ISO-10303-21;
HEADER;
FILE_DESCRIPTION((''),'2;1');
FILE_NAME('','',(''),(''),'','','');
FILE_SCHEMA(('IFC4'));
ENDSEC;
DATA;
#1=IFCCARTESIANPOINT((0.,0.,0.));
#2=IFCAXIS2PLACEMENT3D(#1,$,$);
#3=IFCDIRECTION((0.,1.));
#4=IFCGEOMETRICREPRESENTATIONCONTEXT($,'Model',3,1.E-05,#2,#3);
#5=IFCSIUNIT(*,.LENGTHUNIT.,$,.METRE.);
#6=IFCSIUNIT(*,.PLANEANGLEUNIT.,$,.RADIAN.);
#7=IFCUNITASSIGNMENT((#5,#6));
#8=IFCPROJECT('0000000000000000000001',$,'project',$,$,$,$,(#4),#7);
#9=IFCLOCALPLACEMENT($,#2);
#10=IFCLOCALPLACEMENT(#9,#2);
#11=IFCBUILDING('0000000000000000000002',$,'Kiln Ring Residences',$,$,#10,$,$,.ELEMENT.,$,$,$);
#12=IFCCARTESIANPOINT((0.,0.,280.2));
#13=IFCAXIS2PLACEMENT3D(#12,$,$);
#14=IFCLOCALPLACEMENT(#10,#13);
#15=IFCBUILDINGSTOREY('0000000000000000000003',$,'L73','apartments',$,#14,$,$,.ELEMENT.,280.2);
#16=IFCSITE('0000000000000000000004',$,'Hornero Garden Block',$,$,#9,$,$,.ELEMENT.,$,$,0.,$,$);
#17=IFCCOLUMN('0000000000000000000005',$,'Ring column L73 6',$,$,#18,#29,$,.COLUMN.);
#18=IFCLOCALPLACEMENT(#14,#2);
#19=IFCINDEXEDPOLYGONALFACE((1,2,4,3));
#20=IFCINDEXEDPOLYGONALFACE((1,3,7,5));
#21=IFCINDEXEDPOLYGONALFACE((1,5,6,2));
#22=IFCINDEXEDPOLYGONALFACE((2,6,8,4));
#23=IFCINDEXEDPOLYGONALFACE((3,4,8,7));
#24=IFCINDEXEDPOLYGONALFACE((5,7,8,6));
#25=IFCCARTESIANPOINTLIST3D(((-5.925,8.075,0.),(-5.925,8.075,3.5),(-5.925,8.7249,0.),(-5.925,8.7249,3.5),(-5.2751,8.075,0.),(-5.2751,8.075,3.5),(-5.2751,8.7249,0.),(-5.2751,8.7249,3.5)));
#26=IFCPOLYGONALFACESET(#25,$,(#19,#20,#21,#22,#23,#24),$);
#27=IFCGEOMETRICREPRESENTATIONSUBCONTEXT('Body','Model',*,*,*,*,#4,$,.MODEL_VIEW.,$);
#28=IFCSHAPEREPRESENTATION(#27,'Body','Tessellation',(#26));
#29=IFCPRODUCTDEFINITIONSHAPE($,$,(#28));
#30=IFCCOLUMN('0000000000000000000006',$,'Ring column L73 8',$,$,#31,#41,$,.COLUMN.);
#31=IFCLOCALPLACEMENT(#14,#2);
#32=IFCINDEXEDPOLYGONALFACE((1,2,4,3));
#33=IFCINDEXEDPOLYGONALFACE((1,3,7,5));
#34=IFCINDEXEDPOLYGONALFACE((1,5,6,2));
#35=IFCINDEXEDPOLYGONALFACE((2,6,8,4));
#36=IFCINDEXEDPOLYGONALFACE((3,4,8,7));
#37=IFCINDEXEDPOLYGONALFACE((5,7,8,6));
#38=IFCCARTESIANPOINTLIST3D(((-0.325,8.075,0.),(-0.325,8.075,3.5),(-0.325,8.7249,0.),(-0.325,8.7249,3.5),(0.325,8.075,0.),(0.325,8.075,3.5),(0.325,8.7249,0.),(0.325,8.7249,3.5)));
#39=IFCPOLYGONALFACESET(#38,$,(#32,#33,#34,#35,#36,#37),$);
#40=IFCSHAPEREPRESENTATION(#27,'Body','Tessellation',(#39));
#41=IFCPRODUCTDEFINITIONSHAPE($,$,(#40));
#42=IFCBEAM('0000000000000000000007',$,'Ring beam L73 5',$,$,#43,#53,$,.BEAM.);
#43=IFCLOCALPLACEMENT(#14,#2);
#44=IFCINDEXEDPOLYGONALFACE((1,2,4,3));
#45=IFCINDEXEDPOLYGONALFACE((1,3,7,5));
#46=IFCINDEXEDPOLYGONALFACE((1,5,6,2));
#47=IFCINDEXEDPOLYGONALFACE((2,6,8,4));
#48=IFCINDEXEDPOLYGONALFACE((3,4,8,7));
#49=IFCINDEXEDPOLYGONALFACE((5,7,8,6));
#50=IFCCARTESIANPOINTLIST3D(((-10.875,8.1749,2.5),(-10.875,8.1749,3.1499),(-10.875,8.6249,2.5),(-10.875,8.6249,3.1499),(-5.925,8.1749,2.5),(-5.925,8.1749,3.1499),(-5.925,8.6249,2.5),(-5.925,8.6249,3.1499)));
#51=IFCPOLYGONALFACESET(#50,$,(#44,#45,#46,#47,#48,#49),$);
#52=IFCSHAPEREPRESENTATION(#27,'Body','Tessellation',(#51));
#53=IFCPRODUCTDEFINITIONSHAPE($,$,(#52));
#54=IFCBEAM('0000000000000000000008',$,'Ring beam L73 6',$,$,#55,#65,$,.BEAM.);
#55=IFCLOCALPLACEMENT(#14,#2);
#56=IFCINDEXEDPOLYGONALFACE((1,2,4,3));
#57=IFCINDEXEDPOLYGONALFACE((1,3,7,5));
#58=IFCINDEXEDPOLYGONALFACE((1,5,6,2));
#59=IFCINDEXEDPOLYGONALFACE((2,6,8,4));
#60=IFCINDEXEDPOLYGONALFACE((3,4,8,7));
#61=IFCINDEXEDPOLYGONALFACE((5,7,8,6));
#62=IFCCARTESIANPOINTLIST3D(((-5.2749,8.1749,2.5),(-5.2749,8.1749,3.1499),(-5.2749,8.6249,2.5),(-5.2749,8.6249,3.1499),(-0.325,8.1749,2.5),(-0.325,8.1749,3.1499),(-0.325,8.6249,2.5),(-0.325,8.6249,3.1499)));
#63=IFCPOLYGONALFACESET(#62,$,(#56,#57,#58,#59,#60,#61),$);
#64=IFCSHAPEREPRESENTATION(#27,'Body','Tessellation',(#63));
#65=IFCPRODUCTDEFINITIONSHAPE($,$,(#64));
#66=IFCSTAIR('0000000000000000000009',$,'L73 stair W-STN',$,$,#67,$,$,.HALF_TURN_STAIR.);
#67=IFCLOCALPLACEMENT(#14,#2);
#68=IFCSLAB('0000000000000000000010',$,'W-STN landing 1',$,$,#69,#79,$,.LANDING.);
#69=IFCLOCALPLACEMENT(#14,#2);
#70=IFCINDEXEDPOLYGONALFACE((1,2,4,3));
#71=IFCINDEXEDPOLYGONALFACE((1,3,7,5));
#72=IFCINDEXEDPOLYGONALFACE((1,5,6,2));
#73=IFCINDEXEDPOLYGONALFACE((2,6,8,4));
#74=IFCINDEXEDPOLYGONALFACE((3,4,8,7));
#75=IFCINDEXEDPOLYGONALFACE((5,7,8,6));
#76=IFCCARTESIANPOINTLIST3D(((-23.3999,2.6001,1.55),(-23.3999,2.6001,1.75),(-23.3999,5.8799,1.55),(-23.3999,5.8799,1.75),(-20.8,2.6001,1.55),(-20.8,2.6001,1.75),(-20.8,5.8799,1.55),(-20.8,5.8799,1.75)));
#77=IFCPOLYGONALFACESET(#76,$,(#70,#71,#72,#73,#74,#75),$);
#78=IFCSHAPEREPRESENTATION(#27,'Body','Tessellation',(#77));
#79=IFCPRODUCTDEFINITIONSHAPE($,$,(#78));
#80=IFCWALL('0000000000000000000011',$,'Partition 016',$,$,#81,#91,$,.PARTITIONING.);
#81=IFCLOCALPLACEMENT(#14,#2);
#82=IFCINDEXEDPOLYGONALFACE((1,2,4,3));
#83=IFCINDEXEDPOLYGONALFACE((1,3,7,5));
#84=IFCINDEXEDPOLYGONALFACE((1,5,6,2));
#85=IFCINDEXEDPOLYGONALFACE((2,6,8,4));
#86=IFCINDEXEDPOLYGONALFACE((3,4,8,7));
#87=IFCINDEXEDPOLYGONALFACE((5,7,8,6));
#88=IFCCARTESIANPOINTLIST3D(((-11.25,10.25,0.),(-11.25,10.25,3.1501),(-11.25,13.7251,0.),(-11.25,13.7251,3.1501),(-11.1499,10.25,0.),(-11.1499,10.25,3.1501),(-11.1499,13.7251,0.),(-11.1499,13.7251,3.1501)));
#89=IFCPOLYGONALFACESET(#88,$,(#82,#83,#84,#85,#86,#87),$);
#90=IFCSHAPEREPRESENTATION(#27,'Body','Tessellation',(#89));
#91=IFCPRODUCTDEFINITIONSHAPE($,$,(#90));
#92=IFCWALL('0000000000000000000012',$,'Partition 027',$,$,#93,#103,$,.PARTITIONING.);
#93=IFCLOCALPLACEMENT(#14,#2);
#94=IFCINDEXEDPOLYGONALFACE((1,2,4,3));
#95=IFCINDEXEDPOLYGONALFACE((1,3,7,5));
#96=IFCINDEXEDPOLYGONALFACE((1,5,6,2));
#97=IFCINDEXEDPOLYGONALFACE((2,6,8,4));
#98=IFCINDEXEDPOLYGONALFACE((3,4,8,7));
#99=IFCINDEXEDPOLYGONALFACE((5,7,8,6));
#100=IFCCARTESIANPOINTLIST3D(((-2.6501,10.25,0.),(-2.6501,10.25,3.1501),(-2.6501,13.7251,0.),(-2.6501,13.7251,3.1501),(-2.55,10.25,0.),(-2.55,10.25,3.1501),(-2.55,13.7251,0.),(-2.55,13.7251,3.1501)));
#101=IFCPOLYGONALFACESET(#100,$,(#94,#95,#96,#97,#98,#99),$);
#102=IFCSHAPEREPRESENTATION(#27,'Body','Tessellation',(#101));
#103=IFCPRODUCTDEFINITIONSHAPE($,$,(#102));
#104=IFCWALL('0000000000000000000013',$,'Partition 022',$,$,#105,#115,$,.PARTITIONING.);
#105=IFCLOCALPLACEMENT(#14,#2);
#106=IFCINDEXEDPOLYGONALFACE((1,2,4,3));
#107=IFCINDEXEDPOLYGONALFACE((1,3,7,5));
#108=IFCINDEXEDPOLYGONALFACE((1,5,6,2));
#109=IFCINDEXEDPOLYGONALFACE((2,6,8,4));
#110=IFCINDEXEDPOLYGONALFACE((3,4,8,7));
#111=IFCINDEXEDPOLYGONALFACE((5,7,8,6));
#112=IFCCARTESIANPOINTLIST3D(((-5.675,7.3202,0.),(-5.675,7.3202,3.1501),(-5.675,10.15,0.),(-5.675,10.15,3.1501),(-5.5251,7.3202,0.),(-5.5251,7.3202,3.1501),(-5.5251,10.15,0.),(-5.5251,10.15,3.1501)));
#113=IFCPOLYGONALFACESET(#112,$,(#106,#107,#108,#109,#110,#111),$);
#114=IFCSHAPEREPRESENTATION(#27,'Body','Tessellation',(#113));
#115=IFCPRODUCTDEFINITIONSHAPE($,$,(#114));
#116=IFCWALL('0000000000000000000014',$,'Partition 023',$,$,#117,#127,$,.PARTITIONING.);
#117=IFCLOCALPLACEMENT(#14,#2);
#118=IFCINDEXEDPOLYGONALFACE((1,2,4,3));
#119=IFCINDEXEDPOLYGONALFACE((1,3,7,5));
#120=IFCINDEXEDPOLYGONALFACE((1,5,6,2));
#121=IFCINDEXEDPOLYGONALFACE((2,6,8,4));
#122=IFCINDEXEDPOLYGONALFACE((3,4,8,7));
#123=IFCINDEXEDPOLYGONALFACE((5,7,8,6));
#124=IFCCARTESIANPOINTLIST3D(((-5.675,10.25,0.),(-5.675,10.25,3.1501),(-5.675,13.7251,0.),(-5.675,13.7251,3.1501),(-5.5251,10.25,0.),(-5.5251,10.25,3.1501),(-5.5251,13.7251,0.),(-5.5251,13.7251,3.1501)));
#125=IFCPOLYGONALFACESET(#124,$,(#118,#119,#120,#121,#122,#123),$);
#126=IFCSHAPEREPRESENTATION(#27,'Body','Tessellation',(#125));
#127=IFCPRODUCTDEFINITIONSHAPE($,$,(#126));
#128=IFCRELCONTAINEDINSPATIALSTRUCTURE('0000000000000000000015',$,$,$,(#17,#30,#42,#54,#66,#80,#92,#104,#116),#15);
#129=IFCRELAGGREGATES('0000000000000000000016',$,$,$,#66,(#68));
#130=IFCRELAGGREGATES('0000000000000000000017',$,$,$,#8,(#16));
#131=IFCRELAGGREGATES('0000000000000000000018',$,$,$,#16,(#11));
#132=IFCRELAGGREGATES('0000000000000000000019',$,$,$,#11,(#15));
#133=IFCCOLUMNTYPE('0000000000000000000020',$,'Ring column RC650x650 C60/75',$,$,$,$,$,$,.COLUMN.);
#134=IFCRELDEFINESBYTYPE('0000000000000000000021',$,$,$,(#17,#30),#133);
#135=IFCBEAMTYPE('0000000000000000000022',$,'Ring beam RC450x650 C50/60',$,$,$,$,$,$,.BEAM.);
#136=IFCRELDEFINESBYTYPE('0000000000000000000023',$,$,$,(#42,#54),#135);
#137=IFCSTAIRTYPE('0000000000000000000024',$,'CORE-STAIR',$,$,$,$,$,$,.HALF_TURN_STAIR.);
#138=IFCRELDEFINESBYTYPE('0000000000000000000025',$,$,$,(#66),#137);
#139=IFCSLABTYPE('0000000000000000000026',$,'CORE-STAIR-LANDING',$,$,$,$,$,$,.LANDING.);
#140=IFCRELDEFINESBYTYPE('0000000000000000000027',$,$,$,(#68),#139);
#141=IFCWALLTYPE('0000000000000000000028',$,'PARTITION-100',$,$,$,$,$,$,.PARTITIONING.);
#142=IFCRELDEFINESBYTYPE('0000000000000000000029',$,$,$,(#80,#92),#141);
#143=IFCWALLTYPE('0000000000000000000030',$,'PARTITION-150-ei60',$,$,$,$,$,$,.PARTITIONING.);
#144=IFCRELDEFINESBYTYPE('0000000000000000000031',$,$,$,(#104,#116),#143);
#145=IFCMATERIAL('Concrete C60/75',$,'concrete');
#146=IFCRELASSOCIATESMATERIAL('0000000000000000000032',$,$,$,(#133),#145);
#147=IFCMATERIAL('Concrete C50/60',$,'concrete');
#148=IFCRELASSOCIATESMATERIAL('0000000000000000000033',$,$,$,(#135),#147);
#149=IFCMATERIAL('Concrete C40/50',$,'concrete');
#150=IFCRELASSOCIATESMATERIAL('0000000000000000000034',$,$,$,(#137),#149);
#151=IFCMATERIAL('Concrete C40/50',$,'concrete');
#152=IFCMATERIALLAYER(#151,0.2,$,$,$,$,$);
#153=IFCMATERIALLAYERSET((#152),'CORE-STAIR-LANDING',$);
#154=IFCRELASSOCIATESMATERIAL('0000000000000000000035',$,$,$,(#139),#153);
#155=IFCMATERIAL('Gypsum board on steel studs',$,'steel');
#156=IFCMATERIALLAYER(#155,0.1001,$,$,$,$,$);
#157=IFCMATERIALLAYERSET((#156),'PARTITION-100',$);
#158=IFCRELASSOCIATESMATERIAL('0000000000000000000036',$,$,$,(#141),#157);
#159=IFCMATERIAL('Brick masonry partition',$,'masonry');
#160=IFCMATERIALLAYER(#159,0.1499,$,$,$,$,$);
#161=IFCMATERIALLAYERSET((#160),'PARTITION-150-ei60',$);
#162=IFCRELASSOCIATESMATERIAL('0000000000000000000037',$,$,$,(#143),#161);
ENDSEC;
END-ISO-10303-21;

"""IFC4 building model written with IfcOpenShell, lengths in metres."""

from ifc_helpers import new_model, si_unit, direction, frame, frame_2d, origin, origin_2d, place, context, subcontext, project, spatial, polyline, rectangle, outline, extrude, material, layer, layer_set, material_profile, profile_set, type_object, element, aggregate, save


model = new_model("IFC4")

# Units and contexts
model_context = context("Model", 3, precision=1e-05, world=origin(), true_north=direction((0.0, 1.0)))
body_context = subcontext(model_context, "Body", "Model", "MODEL_VIEW")
ifc_project = project(units=[si_unit("LENGTHUNIT", "METRE"), si_unit("PLANEANGLEUNIT", "RADIAN")], contexts=[model_context])

# Site, building, storey
site_placement = place(None, origin())
site = spatial("IfcSite", under=ifc_project, at=site_placement, Name="Hornero Garden Block", CompositionType="ELEMENT", RefElevation=0.0)
building_placement = place(site_placement, origin())
building = spatial("IfcBuilding", under=site, at=building_placement, Name="Kiln Ring Residences", CompositionType="ELEMENT")
storey_placement = place(building_placement, frame((0.0, 0.0, 280.2)))
storey = spatial("IfcBuildingStorey", under=building, at=storey_placement, Name="L73", Description="apartments", CompositionType="ELEMENT", Elevation=280.2)

# Columns
ifc_material_1 = material(Name="Concrete C60/75", Category="concrete")
ifc_material_profile_1 = material_profile(ifc_material_1, rectangle(XDim=0.6499, YDim=0.6499, at=origin_2d()), Name="RC650x650")
ifc_profile_set_1 = profile_set([ifc_material_profile_1], Name="Concrete C60/75")
column_type = type_object("IfcColumnType", Name="Ring column RC650x650 C60/75", PredefinedType="COLUMN", material=ifc_profile_set_1)
for number, where, z_axis, x_axis, name in (
    (1, (-5.6001, 8.3999, 0.0), (0.0, 0.0, 1.0), (1.0, 0.0, 0.0), "Ring column L73 6"),
    (2, (0.0, 8.3999, 0.0), (0.0, 0.0, 1.0), (1.0, 0.0, 0.0), "Ring column L73 8"),
):
    element("IfcColumn", number, at=place(storey_placement, frame(where, z_axis=z_axis, x_axis=x_axis)), inside=storey, type_object=column_type, Name=name, PredefinedType="COLUMN", context=body_context, shape_type="SweptSolid", body=[
        extrude(rectangle(XDim=0.6499, YDim=0.6499, at=origin_2d()), origin(), (0.0, 0.0, 1.0), 3.5),
    ])

# Beams
ifc_material_2 = material(Name="Concrete C50/60", Category="concrete")
ifc_material_profile_2 = material_profile(ifc_material_2, rectangle(XDim=0.45, YDim=0.6499, at=origin_2d()), Name="RC450x650")
ifc_profile_set_2 = profile_set([ifc_material_profile_2], Name="Concrete C50/60")
beam_type = type_object("IfcBeamType", Name="Ring beam RC450x650 C50/60", PredefinedType="BEAM", material=ifc_profile_set_2)
for number, where, z_axis, x_axis, name in (
    (3, (-10.875, 8.3999, 2.825), (1.0, 0.0, 0.0), (0.0, 1.0, 0.0), "Ring beam L73 5"),
    (4, (-5.2749, 8.3999, 2.825), (1.0, 0.0, 0.0), (0.0, 1.0, 0.0), "Ring beam L73 6"),
):
    element("IfcBeam", number, at=place(storey_placement, frame(where, z_axis=z_axis, x_axis=x_axis)), inside=storey, type_object=beam_type, Name=name, PredefinedType="BEAM", context=body_context, shape_type="SweptSolid", body=[
        extrude(rectangle(XDim=0.45, YDim=0.6499, at=origin_2d()), origin(), (0.0, 0.0, 1.0), 4.95),
    ])

# Stair, slab
ifc_material_3 = material(Name="Concrete C40/50", Category="concrete")
stair_type = type_object("IfcStairType", Name="CORE-STAIR", PredefinedType="HALF_TURN_STAIR", material=ifc_material_3)
stair_placement = place(storey_placement, origin())
stair = element("IfcStair", 5, at=stair_placement, inside=storey, type_object=stair_type, Name="L73 stair W-STN", PredefinedType="HALF_TURN_STAIR")
ifc_material_4 = material(Name="Concrete C40/50", Category="concrete")
ifc_layer_1 = layer(ifc_material_4, 0.2)
ifc_layer_set_1 = layer_set([ifc_layer_1], Name="CORE-STAIR-LANDING")
slab_type = type_object("IfcSlabType", Name="CORE-STAIR-LANDING", PredefinedType="LANDING", material=ifc_layer_set_1)
slab_placement = place(storey_placement, frame((0.0, 0.0, 1.55)))
slab = element("IfcSlab", 6, at=slab_placement, type_object=slab_type, Name="W-STN landing 1", PredefinedType="LANDING", context=body_context, shape_type="SweptSolid", body=[
    extrude(outline(polyline([(-23.3999, 5.8799), (-23.3999, 2.6001), (-20.8, 2.6001), (-20.8, 5.8799), (-23.3999, 5.8799)])), origin(), (0.0, 0.0, 1.0), 0.2),
])
aggregate(stair, [slab])

# Walls
ifc_material_5 = material(Name="Gypsum board on steel studs", Category="steel")
ifc_layer_2 = layer(ifc_material_5, 0.1001)
ifc_layer_set_2 = layer_set([ifc_layer_2], Name="PARTITION-100")
wall_type_1 = type_object("IfcWallType", Name="PARTITION-100", PredefinedType="PARTITIONING", material=ifc_layer_set_2)
for number, where, z_axis, x_axis, name in (
    (7, (-11.2, 10.25, 0.0), (0.0, 0.0, 1.0), (0.0, 1.0, 0.0), "Partition 016"),
    (8, (-2.6001, 10.25, 0.0), (0.0, 0.0, 1.0), (0.0, 1.0, 0.0), "Partition 027"),
):
    element("IfcWall", number, at=place(storey_placement, frame(where, z_axis=z_axis, x_axis=x_axis)), inside=storey, type_object=wall_type_1, Name=name, PredefinedType="PARTITIONING", context=body_context, shape_type="SweptSolid", body=[
        extrude(rectangle(XDim=3.4751, YDim=0.1001, at=frame_2d((1.7375, 0.0))), origin(), (0.0, 0.0, 1.0), 3.1501),
    ])
ifc_material_6 = material(Name="Brick masonry partition", Category="masonry")
ifc_layer_3 = layer(ifc_material_6, 0.1499)
ifc_layer_set_3 = layer_set([ifc_layer_3], Name="PARTITION-150-ei60")
wall_type_2 = type_object("IfcWallType", Name="PARTITION-150-ei60", PredefinedType="PARTITIONING", material=ifc_layer_set_3)
wall_1_placement = place(storey_placement, frame((-5.6001, 7.3201, 0.0), z_axis=(0.0, 0.0, 1.0), x_axis=(0.0, 1.0, 0.0)))
element("IfcWall", 9, at=wall_1_placement, inside=storey, type_object=wall_type_2, Name="Partition 022", PredefinedType="PARTITIONING", context=body_context, shape_type="SweptSolid", body=[
    extrude(rectangle(XDim=2.8298, YDim=0.1499, at=frame_2d((1.415, 0.0))), origin(), (0.0, 0.0, 1.0), 3.1501),
])
wall_2_placement = place(storey_placement, frame((-5.6001, 10.25, 0.0), z_axis=(0.0, 0.0, 1.0), x_axis=(0.0, 1.0, 0.0)))
element("IfcWall", 10, at=wall_2_placement, inside=storey, type_object=wall_type_2, Name="Partition 023", PredefinedType="PARTITIONING", context=body_context, shape_type="SweptSolid", body=[
    extrude(rectangle(XDim=3.4751, YDim=0.1499, at=frame_2d((1.7375, 0.0))), origin(), (0.0, 0.0, 1.0), 3.1501),
])

save(model, "model.ifc")
